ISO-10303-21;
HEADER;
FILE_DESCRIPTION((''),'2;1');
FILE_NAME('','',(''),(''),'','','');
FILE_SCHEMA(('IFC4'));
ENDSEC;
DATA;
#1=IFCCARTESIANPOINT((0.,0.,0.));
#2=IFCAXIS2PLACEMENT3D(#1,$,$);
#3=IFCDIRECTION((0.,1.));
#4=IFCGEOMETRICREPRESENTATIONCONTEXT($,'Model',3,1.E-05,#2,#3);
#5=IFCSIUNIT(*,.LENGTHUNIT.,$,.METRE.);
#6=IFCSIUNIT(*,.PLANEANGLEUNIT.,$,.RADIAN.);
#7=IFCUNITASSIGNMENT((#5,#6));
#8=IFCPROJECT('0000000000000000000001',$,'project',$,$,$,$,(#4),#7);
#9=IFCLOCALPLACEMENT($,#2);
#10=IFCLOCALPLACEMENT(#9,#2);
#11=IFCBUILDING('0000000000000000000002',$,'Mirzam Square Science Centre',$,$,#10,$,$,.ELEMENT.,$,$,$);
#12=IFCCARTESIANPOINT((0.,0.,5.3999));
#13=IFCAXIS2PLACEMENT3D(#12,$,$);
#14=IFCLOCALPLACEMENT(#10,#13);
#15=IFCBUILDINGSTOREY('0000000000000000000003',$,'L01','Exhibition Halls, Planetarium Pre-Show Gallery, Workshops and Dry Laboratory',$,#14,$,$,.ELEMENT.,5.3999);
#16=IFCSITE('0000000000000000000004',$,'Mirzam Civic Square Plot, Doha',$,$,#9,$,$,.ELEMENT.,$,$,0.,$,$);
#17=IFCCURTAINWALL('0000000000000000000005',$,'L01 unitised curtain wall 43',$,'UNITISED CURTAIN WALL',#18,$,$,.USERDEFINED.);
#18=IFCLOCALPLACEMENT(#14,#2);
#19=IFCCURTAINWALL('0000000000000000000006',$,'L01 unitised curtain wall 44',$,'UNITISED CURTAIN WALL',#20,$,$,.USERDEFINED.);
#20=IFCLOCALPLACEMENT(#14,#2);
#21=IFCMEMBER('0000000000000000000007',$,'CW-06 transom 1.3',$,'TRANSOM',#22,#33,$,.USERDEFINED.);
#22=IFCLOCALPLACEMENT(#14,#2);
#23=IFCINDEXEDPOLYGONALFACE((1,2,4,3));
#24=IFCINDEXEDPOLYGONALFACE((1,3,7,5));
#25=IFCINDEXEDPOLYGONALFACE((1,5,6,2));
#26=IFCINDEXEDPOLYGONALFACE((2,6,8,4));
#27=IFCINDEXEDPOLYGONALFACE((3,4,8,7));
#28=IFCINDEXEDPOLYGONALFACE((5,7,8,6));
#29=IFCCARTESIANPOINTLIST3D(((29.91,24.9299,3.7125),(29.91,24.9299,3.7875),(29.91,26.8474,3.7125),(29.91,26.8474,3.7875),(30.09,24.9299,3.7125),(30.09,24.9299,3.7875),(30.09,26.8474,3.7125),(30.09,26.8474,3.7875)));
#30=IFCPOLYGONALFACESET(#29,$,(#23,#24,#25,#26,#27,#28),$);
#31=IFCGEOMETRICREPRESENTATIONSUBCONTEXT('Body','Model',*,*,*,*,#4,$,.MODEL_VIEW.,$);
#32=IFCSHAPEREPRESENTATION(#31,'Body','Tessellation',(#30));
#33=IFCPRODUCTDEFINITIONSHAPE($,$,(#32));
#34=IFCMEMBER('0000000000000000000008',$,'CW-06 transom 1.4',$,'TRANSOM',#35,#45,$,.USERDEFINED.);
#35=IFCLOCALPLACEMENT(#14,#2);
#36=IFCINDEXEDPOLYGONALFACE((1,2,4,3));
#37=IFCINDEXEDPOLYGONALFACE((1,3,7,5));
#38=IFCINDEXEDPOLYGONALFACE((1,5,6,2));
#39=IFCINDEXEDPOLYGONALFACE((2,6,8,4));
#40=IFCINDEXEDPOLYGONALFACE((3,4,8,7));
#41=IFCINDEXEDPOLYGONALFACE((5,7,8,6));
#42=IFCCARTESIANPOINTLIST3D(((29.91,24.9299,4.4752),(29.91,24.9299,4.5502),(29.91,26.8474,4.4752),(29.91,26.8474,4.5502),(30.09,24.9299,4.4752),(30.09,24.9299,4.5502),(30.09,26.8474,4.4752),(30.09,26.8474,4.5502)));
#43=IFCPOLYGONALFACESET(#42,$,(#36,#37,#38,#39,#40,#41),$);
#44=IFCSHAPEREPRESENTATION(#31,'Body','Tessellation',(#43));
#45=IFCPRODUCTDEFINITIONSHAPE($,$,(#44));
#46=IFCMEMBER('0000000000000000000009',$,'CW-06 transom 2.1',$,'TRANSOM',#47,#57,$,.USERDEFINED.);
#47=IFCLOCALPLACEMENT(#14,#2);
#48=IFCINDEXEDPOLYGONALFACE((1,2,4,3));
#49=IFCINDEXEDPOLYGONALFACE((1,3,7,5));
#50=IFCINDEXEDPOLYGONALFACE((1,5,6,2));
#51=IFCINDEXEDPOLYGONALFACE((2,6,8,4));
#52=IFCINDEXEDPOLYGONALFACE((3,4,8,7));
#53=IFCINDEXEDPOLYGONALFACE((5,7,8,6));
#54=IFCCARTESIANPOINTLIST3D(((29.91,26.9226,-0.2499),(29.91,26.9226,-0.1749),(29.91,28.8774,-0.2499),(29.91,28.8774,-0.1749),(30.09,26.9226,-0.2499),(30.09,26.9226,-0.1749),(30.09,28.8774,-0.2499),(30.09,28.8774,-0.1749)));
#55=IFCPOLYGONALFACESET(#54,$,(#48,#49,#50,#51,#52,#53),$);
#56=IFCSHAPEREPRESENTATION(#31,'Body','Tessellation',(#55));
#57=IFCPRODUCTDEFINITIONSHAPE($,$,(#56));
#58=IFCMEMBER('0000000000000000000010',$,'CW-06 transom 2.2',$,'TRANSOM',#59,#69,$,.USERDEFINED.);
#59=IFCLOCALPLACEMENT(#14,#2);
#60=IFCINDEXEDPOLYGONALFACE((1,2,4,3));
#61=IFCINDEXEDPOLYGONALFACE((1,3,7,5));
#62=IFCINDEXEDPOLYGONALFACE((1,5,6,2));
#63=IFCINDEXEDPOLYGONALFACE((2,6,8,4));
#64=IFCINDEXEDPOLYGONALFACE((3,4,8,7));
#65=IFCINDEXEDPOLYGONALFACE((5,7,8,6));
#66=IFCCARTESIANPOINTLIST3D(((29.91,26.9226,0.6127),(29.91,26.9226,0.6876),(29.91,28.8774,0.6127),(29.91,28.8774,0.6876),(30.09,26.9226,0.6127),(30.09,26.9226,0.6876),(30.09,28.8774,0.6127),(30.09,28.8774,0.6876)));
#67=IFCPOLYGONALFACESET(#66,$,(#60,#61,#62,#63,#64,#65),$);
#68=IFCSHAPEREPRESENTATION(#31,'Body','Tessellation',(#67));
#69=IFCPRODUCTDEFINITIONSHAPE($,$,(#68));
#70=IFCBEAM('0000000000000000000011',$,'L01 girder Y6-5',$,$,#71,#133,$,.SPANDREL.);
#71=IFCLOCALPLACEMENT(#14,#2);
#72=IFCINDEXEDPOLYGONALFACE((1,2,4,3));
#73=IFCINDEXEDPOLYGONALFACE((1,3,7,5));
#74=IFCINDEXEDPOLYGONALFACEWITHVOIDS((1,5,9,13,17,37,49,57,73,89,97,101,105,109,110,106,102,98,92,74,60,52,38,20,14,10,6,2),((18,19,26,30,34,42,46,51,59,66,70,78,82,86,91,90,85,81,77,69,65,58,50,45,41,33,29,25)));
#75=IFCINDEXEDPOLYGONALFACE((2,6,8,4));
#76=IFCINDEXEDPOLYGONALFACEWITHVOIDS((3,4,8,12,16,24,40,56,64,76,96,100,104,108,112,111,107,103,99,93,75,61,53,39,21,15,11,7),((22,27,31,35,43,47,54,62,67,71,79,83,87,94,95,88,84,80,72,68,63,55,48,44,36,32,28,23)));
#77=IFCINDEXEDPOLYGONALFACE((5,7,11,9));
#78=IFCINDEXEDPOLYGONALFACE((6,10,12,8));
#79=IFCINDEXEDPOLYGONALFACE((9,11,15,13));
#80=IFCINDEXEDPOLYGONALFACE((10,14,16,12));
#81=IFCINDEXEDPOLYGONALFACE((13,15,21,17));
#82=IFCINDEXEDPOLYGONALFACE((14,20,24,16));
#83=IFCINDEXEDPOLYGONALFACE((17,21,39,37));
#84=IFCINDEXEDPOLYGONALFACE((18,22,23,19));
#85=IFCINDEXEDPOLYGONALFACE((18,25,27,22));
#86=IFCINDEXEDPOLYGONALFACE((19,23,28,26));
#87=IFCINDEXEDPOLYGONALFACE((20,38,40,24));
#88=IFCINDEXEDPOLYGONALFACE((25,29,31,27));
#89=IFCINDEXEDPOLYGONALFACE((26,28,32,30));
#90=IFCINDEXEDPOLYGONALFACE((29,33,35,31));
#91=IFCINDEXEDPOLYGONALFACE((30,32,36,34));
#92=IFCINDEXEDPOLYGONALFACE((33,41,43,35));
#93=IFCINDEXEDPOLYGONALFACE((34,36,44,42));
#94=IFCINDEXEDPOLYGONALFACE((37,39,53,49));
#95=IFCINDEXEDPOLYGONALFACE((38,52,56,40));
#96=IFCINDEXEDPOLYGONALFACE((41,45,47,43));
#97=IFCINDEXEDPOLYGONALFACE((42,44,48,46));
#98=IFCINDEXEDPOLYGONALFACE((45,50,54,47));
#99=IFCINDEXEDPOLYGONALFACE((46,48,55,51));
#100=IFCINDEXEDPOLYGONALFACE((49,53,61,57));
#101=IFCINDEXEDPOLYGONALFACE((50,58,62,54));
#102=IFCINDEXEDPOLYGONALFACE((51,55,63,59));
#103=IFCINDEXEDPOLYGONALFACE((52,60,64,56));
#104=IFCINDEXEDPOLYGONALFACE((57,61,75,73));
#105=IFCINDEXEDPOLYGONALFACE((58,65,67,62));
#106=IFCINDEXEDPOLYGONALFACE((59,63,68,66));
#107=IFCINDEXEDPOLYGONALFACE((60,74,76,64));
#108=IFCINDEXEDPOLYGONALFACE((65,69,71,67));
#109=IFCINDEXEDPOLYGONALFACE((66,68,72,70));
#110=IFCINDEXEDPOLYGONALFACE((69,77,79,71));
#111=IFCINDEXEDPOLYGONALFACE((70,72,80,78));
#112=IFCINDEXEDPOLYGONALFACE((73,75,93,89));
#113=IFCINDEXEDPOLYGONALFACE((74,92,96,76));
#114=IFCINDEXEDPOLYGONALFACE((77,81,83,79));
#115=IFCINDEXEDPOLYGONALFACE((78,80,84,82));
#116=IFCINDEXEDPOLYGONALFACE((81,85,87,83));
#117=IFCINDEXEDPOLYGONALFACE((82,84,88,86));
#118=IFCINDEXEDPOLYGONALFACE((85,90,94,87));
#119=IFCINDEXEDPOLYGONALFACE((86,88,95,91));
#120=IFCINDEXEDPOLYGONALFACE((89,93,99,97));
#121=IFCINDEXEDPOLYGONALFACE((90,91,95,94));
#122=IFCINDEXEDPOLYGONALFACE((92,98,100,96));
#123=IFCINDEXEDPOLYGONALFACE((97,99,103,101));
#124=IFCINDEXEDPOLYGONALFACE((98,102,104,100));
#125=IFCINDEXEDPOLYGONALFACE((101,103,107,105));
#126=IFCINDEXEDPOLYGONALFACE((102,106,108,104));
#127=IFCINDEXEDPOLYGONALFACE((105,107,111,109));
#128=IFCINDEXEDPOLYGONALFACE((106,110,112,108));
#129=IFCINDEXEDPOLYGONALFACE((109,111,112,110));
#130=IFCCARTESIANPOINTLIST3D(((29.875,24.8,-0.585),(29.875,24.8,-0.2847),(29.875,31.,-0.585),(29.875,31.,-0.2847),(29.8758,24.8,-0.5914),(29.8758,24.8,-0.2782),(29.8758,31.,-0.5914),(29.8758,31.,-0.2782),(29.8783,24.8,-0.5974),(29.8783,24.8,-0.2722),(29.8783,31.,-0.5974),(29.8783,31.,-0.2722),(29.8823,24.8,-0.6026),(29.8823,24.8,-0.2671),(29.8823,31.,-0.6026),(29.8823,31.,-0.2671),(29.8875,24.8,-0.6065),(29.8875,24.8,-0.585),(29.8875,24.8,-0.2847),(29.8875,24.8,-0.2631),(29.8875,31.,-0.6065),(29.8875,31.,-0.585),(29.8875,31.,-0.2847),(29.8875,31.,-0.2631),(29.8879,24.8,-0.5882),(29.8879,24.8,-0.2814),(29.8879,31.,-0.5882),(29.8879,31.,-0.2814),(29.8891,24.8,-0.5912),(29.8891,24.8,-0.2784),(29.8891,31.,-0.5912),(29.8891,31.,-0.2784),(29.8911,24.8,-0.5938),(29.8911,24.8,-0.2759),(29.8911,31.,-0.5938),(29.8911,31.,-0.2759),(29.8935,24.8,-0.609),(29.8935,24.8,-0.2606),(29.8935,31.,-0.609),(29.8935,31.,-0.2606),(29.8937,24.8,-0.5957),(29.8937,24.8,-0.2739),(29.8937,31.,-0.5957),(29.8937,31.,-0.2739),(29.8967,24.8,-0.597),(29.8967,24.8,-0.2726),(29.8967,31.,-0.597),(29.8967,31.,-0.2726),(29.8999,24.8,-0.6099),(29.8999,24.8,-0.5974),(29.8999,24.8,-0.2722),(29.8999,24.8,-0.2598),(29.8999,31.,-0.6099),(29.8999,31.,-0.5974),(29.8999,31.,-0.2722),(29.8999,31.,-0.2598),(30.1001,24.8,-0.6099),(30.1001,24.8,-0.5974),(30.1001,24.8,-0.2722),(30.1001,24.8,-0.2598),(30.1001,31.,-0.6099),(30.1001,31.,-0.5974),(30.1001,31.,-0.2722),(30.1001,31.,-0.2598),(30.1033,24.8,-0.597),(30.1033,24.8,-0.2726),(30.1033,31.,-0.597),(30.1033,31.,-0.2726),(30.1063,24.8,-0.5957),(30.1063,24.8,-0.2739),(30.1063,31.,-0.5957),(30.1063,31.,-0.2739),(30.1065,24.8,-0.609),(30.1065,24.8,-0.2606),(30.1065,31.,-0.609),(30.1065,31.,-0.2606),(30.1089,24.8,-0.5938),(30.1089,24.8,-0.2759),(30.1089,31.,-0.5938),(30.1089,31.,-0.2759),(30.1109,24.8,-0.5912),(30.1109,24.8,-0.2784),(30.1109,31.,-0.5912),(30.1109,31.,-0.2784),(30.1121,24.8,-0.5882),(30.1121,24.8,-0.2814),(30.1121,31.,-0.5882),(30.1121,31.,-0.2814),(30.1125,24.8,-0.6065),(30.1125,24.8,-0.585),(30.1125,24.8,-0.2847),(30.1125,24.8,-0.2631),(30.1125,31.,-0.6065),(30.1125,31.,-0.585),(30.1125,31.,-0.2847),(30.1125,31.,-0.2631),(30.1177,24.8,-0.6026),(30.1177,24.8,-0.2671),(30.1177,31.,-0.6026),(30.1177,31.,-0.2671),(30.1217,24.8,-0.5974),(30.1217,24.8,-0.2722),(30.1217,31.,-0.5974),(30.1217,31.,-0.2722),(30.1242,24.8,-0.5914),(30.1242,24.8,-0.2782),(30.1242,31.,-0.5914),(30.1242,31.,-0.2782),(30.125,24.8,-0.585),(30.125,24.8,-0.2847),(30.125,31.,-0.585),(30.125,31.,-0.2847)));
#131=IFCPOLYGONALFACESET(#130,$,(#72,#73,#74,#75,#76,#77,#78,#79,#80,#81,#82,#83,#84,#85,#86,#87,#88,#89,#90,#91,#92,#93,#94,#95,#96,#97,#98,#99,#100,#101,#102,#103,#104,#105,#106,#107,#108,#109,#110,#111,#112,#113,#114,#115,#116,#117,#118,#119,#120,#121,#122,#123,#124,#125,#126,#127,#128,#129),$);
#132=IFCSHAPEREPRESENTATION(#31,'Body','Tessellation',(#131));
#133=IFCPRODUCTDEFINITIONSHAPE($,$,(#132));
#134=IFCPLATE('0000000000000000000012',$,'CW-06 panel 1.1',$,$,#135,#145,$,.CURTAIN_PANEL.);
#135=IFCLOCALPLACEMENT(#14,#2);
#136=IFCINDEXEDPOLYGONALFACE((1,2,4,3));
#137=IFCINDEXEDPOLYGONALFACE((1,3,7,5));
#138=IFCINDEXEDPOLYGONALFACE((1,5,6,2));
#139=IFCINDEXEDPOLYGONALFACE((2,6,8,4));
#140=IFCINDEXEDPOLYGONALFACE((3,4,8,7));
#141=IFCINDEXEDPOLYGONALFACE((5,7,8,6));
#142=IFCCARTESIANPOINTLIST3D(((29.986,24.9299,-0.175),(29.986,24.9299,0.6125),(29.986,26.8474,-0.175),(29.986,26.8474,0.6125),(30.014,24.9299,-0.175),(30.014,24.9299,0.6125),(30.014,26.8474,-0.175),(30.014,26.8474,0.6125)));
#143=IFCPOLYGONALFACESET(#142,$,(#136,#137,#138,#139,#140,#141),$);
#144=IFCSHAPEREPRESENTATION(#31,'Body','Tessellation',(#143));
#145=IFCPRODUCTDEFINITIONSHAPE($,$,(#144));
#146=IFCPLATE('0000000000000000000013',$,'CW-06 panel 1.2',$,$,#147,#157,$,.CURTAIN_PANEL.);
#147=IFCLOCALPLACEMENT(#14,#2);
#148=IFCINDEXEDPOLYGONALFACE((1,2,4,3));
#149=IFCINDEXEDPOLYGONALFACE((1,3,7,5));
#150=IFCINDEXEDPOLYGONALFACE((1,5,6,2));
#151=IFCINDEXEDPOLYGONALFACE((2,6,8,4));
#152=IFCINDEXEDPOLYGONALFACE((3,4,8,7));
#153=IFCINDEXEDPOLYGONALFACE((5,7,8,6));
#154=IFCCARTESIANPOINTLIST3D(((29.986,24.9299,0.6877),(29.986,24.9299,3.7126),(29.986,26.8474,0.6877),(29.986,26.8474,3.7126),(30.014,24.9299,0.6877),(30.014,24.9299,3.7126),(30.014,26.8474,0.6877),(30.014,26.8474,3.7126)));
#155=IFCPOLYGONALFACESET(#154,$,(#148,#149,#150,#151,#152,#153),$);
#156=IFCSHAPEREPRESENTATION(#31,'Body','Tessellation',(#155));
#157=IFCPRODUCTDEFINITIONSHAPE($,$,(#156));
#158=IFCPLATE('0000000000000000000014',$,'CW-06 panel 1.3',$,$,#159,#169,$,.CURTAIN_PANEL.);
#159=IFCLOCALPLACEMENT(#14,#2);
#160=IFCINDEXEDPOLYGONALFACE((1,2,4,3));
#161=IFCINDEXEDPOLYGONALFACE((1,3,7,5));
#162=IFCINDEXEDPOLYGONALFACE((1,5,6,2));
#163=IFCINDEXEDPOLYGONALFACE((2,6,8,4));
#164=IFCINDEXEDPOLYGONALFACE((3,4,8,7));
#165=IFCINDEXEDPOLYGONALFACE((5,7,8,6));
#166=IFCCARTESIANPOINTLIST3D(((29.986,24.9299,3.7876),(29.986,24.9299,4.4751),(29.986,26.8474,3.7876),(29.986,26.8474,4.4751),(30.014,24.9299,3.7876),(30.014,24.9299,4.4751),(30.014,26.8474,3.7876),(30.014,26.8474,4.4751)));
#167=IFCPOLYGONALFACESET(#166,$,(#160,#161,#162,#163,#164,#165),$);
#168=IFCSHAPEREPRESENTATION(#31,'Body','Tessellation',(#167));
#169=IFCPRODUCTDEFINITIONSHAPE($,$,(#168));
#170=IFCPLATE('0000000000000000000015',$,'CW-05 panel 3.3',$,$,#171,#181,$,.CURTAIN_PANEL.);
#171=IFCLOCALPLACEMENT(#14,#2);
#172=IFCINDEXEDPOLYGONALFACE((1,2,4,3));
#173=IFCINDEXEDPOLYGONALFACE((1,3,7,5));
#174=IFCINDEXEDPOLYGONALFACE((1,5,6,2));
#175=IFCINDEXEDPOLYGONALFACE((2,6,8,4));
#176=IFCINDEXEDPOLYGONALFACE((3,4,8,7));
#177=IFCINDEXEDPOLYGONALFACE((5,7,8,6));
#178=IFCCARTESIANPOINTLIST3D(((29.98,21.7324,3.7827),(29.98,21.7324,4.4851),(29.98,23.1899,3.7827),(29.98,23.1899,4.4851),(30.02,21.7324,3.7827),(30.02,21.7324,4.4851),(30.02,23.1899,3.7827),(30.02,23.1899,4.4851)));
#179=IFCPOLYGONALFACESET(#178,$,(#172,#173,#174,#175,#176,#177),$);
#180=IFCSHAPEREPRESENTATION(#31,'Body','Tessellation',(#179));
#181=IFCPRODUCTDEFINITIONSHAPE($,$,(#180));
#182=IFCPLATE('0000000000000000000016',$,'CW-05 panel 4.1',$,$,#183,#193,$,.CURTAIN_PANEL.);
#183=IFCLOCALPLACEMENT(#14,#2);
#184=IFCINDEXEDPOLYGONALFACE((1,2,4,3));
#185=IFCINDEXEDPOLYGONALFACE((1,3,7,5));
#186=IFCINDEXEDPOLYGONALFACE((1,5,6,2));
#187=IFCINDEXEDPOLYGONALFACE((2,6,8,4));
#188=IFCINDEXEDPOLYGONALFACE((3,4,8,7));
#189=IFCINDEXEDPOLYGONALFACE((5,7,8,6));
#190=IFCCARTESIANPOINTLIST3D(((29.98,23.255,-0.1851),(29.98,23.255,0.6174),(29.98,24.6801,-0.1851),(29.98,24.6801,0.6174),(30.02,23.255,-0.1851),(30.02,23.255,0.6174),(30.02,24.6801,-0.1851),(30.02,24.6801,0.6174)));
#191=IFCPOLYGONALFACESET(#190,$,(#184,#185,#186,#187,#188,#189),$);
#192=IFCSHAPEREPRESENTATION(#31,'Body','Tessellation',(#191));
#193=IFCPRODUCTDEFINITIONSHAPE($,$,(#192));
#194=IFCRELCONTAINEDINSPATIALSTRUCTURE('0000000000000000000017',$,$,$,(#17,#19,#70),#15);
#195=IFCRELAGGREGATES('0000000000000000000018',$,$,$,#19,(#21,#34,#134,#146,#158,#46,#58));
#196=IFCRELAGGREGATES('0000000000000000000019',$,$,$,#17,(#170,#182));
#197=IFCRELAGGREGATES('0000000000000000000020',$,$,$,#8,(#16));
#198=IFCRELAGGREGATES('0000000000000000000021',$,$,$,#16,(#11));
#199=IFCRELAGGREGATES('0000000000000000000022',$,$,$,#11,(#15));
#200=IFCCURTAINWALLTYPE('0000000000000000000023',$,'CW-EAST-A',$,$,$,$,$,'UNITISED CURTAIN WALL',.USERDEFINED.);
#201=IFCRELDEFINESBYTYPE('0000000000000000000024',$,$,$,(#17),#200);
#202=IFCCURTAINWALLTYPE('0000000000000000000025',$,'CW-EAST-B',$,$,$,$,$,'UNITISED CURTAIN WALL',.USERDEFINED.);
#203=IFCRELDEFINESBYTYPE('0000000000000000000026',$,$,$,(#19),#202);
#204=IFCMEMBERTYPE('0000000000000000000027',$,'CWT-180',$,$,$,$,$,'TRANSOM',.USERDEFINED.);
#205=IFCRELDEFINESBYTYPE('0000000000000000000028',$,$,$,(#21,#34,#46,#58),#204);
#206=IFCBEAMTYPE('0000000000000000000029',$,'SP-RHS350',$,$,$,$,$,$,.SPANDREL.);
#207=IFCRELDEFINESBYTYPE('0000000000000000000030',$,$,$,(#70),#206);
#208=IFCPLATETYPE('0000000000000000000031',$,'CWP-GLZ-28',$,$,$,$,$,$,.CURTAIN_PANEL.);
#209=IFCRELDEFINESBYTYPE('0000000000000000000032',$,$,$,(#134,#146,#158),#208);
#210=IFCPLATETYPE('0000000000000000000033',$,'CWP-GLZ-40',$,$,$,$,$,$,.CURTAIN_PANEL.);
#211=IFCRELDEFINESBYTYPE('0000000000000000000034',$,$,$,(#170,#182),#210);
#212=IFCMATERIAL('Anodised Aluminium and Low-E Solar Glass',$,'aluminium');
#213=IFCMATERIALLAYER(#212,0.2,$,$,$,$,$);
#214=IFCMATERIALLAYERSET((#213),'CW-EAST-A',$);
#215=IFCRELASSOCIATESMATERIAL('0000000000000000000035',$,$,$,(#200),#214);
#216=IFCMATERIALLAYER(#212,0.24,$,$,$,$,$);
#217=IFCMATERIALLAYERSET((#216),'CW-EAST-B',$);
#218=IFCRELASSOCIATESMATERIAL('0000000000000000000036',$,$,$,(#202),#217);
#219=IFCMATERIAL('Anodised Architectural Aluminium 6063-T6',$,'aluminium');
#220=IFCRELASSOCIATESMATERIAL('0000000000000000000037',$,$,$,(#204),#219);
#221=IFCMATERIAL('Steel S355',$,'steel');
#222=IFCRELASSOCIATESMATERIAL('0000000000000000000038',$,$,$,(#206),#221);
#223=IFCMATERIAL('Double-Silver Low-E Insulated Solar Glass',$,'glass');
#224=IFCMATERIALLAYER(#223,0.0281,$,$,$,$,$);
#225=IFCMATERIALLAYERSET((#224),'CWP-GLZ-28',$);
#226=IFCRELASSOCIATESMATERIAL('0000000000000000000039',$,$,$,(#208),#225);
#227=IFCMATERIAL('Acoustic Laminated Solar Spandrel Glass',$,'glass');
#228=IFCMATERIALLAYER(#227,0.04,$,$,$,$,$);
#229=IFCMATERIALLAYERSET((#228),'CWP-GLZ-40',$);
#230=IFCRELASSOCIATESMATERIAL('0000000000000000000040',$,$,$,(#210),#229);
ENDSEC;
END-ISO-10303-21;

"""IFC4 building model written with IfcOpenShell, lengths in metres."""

from ifc_helpers import new_model, si_unit, direction, frame, origin, origin_2d, place, context, subcontext, project, spatial, rectangle, hollow_rectangle, extrude, material, layer, layer_set, material_profile, profile_set, type_object, element, aggregate, save


model = new_model("IFC4")

# Units and contexts
model_context = context("Model", 3, precision=1e-05, world=origin(), true_north=direction((0.0, 1.0)))
body_context = subcontext(model_context, "Body", "Model", "MODEL_VIEW")
ifc_project = project(units=[si_unit("LENGTHUNIT", "METRE"), si_unit("PLANEANGLEUNIT", "RADIAN")], contexts=[model_context])

# Site, building, storey
site_placement = place(None, origin())
site = spatial("IfcSite", under=ifc_project, at=site_placement, Name="Mirzam Civic Square Plot, Doha", CompositionType="ELEMENT", RefElevation=0.0)
building_placement = place(site_placement, origin())
building = spatial("IfcBuilding", under=site, at=building_placement, Name="Mirzam Square Science Centre", CompositionType="ELEMENT")
storey_placement = place(building_placement, frame((0.0, 0.0, 5.3999)))
storey = spatial("IfcBuildingStorey", under=building, at=storey_placement, Name="L01", Description="Exhibition Halls, Planetarium Pre-Show Gallery, Workshops and Dry Laboratory", CompositionType="ELEMENT", Elevation=5.3999)

# Shared definitions
ifc_material_1 = material(Name="Steel S355", Category="steel")

# Curtain walls
ifc_material_2 = material(Name="Anodised Aluminium and Low-E Solar Glass", Category="aluminium")
ifc_layer_1 = layer(ifc_material_2, 0.2)
ifc_layer_set_1 = layer_set([ifc_layer_1], Name="CW-EAST-A")
curtain_wall_type_1 = type_object("IfcCurtainWallType", Name="CW-EAST-A", ElementType="UNITISED CURTAIN WALL", PredefinedType="USERDEFINED", material=ifc_layer_set_1)
curtain_wall_1_placement = place(storey_placement, origin())
curtain_wall_1 = element("IfcCurtainWall", 1, at=curtain_wall_1_placement, inside=storey, type_object=curtain_wall_type_1, Name="L01 unitised curtain wall 43", ObjectType="UNITISED CURTAIN WALL", PredefinedType="USERDEFINED")
ifc_material_3 = material(Name="Anodised Architectural Aluminium 6063-T6", Category="aluminium")
ifc_layer_2 = layer(ifc_material_2, 0.24)
ifc_layer_set_2 = layer_set([ifc_layer_2], Name="CW-EAST-B")
curtain_wall_type_2 = type_object("IfcCurtainWallType", Name="CW-EAST-B", ElementType="UNITISED CURTAIN WALL", PredefinedType="USERDEFINED", material=ifc_layer_set_2)
curtain_wall_2_placement = place(storey_placement, origin())
curtain_wall_2 = element("IfcCurtainWall", 2, at=curtain_wall_2_placement, inside=storey, type_object=curtain_wall_type_2, Name="L01 unitised curtain wall 44", ObjectType="UNITISED CURTAIN WALL", PredefinedType="USERDEFINED")

# Members
ifc_material_profile_1 = material_profile(ifc_material_3, rectangle(XDim=0.1799, YDim=0.075, at=origin_2d()), Name="ALU-TRAN-180x75x5")
ifc_profile_set_1 = profile_set([ifc_material_profile_1], Name="Anodised Architectural Aluminium 6063-T6")
member_type_1 = type_object("IfcMemberType", Name="CWT-180", ElementType="TRANSOM", PredefinedType="USERDEFINED", material=ifc_profile_set_1)
member_1_placement = place(storey_placement, frame((30.0, 24.9299, 3.75), z_axis=(0.0, 1.0, 0.0), x_axis=(-1.0, 0.0, 0.0)))
member_1 = element("IfcMember", 3, at=member_1_placement, type_object=member_type_1, Name="CW-06 transom 1.3", ObjectType="TRANSOM", PredefinedType="USERDEFINED", context=body_context, shape_type="SweptSolid", body=[
    extrude(rectangle(XDim=0.1799, YDim=0.075, at=origin_2d()), origin(), (0.0, 0.0, 1.0), 1.9175),
])
member_2_placement = place(storey_placement, frame((30.0, 24.9299, 4.5127), z_axis=(0.0, 1.0, 0.0), x_axis=(-1.0, 0.0, 0.0)))
member_2 = element("IfcMember", 4, at=member_2_placement, type_object=member_type_1, Name="CW-06 transom 1.4", ObjectType="TRANSOM", PredefinedType="USERDEFINED", context=body_context, shape_type="SweptSolid", body=[
    extrude(rectangle(XDim=0.1799, YDim=0.075, at=origin_2d()), origin(), (0.0, 0.0, 1.0), 1.9175),
])
member_3_placement = place(storey_placement, frame((30.0, 26.9226, -0.2124), z_axis=(0.0, 1.0, 0.0), x_axis=(-1.0, 0.0, 0.0)))
member_3 = element("IfcMember", 5, at=member_3_placement, type_object=member_type_1, Name="CW-06 transom 2.1", ObjectType="TRANSOM", PredefinedType="USERDEFINED", context=body_context, shape_type="SweptSolid", body=[
    extrude(rectangle(XDim=0.1799, YDim=0.075, at=origin_2d()), origin(), (0.0, 0.0, 1.0), 1.9548),
])
member_4_placement = place(storey_placement, frame((30.0, 26.9226, 0.6501), z_axis=(0.0, 1.0, 0.0), x_axis=(-1.0, 0.0, 0.0)))
member_4 = element("IfcMember", 6, at=member_4_placement, type_object=member_type_1, Name="CW-06 transom 2.2", ObjectType="TRANSOM", PredefinedType="USERDEFINED", context=body_context, shape_type="SweptSolid", body=[
    extrude(rectangle(XDim=0.1799, YDim=0.075, at=origin_2d()), origin(), (0.0, 0.0, 1.0), 1.9548),
])

# Beam
ifc_material_profile_2 = material_profile(ifc_material_1, hollow_rectangle(XDim=0.25, YDim=0.3501, WallThickness=0.0125, InnerFilletRadius=0.0125, OuterFilletRadius=0.0249, at=origin_2d()), Name="350x250x12.5RHS")
ifc_profile_set_2 = profile_set([ifc_material_profile_2], Name="Steel S355")
beam_type = type_object("IfcBeamType", Name="SP-RHS350", PredefinedType="SPANDREL", material=ifc_profile_set_2)
beam_placement = place(storey_placement, frame((30.0, 24.8, -0.4348), z_axis=(0.0, 1.0, 0.0), x_axis=(-1.0, 0.0, 0.0)))
element("IfcBeam", 7, at=beam_placement, inside=storey, type_object=beam_type, Name="L01 girder Y6-5", PredefinedType="SPANDREL", context=body_context, shape_type="SweptSolid", body=[
    extrude(hollow_rectangle(XDim=0.25, YDim=0.3501, WallThickness=0.0125, InnerFilletRadius=0.0125, OuterFilletRadius=0.0249, at=origin_2d()), origin(), (0.0, 0.0, 1.0), 6.2),
])

# Plates
ifc_material_4 = material(Name="Double-Silver Low-E Insulated Solar Glass", Category="glass")
ifc_layer_3 = layer(ifc_material_4, 0.0281)
ifc_layer_set_3 = layer_set([ifc_layer_3], Name="CWP-GLZ-28")
plate_type_1 = type_object("IfcPlateType", Name="CWP-GLZ-28", PredefinedType="CURTAIN_PANEL", material=ifc_layer_set_3)
plate_1_placement = place(storey_placement, frame((30.0, 25.8887, -0.175), z_axis=(0.0, 0.0, 1.0), x_axis=(0.0, 1.0, 0.0)))
plate_1 = element("IfcPlate", 8, at=plate_1_placement, type_object=plate_type_1, Name="CW-06 panel 1.1", PredefinedType="CURTAIN_PANEL", context=body_context, shape_type="SweptSolid", body=[
    extrude(rectangle(XDim=1.9175, YDim=0.0281, at=origin_2d()), origin(), (0.0, 0.0, 1.0), 0.7876),
])
plate_2_placement = place(storey_placement, frame((30.0, 25.8887, 0.6877), z_axis=(0.0, 0.0, 1.0), x_axis=(0.0, 1.0, 0.0)))
plate_2 = element("IfcPlate", 9, at=plate_2_placement, type_object=plate_type_1, Name="CW-06 panel 1.2", PredefinedType="CURTAIN_PANEL", context=body_context, shape_type="SweptSolid", body=[
    extrude(rectangle(XDim=1.9175, YDim=0.0281, at=origin_2d()), origin(), (0.0, 0.0, 1.0), 3.0249),
])
plate_3_placement = place(storey_placement, frame((30.0, 25.8887, 3.7876), z_axis=(0.0, 0.0, 1.0), x_axis=(0.0, 1.0, 0.0)))
plate_3 = element("IfcPlate", 10, at=plate_3_placement, type_object=plate_type_1, Name="CW-06 panel 1.3", PredefinedType="CURTAIN_PANEL", context=body_context, shape_type="SweptSolid", body=[
    extrude(rectangle(XDim=1.9175, YDim=0.0281, at=origin_2d()), origin(), (0.0, 0.0, 1.0), 0.6875),
])
aggregate(curtain_wall_2, [member_1, member_2, plate_1, plate_2, plate_3, member_3, member_4])
ifc_material_5 = material(Name="Acoustic Laminated Solar Spandrel Glass", Category="glass")
ifc_layer_4 = layer(ifc_material_5, 0.04)
ifc_layer_set_4 = layer_set([ifc_layer_4], Name="CWP-GLZ-40")
plate_type_2 = type_object("IfcPlateType", Name="CWP-GLZ-40", PredefinedType="CURTAIN_PANEL", material=ifc_layer_set_4)
plate_4_placement = place(storey_placement, frame((30.0, 22.4612, 3.7827), z_axis=(0.0, 0.0, 1.0), x_axis=(0.0, 1.0, 0.0)))
plate_4 = element("IfcPlate", 11, at=plate_4_placement, type_object=plate_type_2, Name="CW-05 panel 3.3", PredefinedType="CURTAIN_PANEL", context=body_context, shape_type="SweptSolid", body=[
    extrude(rectangle(XDim=1.4575, YDim=0.04, at=origin_2d()), origin(), (0.0, 0.0, 1.0), 0.7024),
])
plate_5_placement = place(storey_placement, frame((30.0, 23.9675, -0.1851), z_axis=(0.0, 0.0, 1.0), x_axis=(0.0, 1.0, 0.0)))
plate_5 = element("IfcPlate", 12, at=plate_5_placement, type_object=plate_type_2, Name="CW-05 panel 4.1", PredefinedType="CURTAIN_PANEL", context=body_context, shape_type="SweptSolid", body=[
    extrude(rectangle(XDim=1.425, YDim=0.04, at=origin_2d()), origin(), (0.0, 0.0, 1.0), 0.8025),
])
aggregate(curtain_wall_1, [plate_4, plate_5])

save(model, "model.ifc")
